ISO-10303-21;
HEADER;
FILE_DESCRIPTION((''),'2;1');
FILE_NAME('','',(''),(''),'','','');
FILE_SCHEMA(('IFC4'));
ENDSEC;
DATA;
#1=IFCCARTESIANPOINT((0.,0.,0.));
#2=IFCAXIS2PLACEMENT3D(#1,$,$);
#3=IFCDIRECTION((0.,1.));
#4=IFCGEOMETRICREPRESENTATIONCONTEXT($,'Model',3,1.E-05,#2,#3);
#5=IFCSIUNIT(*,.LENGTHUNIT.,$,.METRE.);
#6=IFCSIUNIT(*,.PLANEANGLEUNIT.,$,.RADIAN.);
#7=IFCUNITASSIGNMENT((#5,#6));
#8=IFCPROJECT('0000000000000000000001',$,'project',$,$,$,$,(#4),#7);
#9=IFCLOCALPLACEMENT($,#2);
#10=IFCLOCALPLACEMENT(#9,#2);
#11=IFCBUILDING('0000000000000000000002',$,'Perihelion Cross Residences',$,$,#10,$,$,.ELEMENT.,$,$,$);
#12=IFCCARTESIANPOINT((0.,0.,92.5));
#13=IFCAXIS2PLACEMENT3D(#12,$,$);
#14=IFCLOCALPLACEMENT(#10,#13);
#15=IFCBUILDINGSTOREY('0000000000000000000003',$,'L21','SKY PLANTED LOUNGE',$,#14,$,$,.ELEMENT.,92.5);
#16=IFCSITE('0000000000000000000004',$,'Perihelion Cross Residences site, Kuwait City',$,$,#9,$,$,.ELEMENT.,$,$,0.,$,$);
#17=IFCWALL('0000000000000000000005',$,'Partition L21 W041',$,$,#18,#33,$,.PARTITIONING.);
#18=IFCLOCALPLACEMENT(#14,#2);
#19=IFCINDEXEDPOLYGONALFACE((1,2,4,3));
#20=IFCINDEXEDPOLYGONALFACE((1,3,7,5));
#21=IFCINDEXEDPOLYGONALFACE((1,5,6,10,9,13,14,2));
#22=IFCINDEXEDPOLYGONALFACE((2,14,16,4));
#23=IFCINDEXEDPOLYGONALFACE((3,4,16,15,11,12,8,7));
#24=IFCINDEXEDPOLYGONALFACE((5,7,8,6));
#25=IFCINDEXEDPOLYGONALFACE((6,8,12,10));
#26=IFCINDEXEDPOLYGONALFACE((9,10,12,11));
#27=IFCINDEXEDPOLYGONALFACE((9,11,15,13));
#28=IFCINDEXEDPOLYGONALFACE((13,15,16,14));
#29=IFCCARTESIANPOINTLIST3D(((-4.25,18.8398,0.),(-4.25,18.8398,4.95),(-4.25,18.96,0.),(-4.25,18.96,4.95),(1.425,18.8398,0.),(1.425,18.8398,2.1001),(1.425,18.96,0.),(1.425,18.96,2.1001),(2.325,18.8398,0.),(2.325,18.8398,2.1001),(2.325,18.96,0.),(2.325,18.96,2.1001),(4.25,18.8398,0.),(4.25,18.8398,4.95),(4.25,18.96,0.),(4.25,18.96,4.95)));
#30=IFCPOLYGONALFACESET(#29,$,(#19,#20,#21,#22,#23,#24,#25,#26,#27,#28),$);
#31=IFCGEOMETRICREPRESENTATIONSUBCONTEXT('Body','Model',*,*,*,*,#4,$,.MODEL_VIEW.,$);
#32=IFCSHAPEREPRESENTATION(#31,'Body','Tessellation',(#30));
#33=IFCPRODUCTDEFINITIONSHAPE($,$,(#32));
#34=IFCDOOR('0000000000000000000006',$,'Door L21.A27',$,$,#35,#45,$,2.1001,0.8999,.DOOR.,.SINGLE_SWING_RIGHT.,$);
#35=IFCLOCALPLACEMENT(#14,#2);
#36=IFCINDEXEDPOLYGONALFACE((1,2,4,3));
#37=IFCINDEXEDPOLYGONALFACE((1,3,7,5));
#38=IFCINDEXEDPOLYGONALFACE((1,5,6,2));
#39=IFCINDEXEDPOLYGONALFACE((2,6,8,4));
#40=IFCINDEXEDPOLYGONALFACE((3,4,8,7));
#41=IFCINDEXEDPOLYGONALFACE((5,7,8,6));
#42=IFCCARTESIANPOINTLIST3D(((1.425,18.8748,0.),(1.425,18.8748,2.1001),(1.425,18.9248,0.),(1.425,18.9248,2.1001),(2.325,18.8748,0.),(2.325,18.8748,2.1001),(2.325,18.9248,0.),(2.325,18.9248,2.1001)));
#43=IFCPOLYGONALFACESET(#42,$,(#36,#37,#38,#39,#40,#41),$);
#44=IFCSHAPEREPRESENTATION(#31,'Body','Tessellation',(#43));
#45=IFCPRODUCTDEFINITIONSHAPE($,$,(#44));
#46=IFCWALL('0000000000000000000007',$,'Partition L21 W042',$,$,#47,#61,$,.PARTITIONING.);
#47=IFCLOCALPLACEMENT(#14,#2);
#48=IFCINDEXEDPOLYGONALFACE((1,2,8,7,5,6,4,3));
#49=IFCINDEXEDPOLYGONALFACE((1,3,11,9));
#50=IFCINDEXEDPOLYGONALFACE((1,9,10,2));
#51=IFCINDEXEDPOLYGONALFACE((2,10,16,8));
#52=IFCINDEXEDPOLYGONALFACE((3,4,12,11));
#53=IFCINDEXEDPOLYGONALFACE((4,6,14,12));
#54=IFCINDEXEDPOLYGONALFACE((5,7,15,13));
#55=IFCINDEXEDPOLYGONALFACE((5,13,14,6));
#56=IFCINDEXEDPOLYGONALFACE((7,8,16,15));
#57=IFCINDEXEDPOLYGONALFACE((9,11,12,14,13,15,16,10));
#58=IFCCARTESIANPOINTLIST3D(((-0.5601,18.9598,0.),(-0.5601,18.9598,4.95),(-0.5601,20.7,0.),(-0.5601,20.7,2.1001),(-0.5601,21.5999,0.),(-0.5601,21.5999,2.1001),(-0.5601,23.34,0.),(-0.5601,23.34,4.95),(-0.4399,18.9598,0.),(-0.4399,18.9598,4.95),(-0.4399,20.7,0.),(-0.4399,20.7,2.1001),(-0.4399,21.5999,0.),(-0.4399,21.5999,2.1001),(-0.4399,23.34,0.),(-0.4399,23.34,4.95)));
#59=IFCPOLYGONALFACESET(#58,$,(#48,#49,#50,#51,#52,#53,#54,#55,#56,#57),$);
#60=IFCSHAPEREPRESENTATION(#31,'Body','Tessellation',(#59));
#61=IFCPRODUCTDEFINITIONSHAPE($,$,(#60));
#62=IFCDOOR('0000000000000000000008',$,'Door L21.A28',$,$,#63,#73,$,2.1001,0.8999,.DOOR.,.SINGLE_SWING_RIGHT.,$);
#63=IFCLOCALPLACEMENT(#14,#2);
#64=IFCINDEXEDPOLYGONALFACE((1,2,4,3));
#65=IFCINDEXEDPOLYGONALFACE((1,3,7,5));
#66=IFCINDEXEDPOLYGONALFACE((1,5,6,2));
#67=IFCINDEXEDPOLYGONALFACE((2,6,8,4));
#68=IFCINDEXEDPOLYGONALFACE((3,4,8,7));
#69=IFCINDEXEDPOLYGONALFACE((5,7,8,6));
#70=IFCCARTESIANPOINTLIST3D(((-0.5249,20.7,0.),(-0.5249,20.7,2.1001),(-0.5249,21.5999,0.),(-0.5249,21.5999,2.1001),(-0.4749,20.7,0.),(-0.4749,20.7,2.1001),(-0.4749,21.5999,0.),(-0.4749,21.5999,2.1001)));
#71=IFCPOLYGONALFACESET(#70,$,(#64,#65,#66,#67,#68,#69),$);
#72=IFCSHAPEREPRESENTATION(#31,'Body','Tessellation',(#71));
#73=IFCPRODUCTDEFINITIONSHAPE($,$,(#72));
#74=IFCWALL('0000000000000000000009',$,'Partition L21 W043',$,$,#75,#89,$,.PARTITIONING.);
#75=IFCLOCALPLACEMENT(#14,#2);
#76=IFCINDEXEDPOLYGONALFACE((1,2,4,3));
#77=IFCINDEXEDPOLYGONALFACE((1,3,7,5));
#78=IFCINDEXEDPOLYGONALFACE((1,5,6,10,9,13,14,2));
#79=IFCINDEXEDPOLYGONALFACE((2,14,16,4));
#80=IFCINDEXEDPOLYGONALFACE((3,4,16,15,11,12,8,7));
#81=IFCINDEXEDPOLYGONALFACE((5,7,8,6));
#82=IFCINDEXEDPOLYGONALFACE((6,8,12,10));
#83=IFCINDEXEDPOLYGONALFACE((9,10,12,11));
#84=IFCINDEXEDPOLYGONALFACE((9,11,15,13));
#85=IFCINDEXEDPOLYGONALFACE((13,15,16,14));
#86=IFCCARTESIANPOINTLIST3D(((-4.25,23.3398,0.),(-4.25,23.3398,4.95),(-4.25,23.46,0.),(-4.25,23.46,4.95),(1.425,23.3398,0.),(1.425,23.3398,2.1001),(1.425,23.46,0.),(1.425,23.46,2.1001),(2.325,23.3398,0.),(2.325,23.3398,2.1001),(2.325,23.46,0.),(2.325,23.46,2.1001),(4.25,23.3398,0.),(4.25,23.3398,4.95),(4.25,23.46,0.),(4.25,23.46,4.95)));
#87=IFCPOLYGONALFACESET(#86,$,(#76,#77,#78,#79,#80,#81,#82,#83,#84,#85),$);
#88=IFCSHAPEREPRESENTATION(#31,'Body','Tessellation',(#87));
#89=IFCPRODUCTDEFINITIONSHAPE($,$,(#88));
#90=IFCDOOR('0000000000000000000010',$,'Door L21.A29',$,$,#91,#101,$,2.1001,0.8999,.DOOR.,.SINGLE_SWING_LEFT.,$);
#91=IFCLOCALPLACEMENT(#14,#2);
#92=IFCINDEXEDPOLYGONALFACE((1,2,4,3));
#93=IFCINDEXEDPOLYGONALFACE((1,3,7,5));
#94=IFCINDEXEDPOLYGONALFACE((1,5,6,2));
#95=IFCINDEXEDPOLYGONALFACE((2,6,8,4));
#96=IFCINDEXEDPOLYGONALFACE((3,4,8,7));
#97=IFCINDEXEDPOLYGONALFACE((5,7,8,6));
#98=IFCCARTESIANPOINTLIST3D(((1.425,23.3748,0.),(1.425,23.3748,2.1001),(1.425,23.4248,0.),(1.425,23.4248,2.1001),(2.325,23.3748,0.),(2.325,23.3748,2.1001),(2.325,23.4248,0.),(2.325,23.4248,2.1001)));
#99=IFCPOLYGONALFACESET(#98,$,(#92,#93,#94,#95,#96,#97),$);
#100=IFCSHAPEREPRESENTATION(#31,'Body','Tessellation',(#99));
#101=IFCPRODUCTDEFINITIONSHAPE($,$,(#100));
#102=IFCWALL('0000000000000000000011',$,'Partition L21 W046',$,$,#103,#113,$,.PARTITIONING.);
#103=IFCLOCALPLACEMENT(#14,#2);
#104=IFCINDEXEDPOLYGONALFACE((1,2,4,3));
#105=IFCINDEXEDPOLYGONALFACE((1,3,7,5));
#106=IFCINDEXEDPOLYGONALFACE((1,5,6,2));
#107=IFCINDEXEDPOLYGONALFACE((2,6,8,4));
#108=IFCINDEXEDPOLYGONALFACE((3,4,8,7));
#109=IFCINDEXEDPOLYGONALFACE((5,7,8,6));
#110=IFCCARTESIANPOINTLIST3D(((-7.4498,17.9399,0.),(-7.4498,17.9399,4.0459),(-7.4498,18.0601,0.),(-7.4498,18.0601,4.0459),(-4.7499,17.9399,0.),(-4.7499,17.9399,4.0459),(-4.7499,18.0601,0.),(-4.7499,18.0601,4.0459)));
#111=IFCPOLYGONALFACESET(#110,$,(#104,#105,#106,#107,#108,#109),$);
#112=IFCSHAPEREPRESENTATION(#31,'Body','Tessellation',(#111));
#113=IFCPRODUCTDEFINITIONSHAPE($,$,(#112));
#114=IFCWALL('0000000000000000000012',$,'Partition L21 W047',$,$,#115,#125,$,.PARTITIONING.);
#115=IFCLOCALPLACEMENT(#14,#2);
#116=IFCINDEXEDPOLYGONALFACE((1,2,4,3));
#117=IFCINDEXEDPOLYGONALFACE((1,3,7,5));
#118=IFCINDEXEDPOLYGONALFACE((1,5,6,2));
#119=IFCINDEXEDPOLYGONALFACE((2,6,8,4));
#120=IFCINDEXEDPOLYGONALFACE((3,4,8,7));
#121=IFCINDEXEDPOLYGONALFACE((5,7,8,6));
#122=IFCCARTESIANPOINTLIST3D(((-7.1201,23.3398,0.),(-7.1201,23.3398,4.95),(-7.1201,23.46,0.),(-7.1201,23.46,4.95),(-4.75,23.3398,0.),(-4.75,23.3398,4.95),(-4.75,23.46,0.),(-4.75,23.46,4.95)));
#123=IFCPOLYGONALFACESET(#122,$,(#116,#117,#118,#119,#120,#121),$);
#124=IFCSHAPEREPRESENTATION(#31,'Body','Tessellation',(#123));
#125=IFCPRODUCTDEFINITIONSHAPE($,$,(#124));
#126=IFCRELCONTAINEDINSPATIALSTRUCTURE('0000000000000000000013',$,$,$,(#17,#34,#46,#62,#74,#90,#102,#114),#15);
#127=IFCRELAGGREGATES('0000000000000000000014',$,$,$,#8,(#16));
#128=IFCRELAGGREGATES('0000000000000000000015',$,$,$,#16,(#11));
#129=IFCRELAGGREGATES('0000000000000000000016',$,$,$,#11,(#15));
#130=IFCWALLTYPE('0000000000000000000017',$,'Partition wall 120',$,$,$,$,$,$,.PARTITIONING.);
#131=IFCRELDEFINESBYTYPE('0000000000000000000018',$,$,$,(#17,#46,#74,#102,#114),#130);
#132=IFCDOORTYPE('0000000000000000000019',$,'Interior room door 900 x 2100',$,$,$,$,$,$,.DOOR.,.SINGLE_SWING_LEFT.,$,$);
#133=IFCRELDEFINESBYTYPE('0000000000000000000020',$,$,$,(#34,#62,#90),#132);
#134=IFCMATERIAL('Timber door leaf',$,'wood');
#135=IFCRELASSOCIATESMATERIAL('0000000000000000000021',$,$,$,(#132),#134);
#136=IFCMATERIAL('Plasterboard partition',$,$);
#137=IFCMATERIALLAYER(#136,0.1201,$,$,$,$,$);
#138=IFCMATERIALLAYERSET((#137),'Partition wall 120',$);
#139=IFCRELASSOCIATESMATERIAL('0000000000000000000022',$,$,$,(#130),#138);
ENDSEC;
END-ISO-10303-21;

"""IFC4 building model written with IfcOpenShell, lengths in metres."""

from ifc_helpers import new_model, si_unit, direction, frame, frame_2d, origin, place, context, subcontext, project, spatial, rectangle, extrude, material, layer, layer_set, type_object, element, fill, save


model = new_model("IFC4")

# Units and contexts
model_context = context("Model", 3, precision=1e-05, world=origin(), true_north=direction((0.0, 1.0)))
body_context = subcontext(model_context, "Body", "Model", "MODEL_VIEW")
ifc_project = project(units=[si_unit("LENGTHUNIT", "METRE"), si_unit("PLANEANGLEUNIT", "RADIAN")], contexts=[model_context])

# Site, building, storey
site_placement = place(None, origin())
site = spatial("IfcSite", under=ifc_project, at=site_placement, Name="Perihelion Cross Residences site, Kuwait City", CompositionType="ELEMENT", RefElevation=0.0)
building_placement = place(site_placement, origin())
building = spatial("IfcBuilding", under=site, at=building_placement, Name="Perihelion Cross Residences", CompositionType="ELEMENT")
storey_placement = place(building_placement, frame((0.0, 0.0, 92.5)))
storey = spatial("IfcBuildingStorey", under=building, at=storey_placement, Name="L21", Description="SKY PLANTED LOUNGE", CompositionType="ELEMENT", Elevation=92.5)

# Walls, openings, doors
ifc_material_1 = material(Name="Timber door leaf", Category="wood")
door_type_1 = type_object("IfcDoorType", Name="Interior room door 900 x 2100", OperationType="SINGLE_SWING_LEFT", PredefinedType="DOOR", material=ifc_material_1)
ifc_material_2 = material(Name="Plasterboard partition")
ifc_layer_1 = layer(ifc_material_2, 0.1201)
ifc_layer_set_1 = layer_set([ifc_layer_1], Name="Partition wall 120")
wall_type_1 = type_object("IfcWallType", Name="Partition wall 120", PredefinedType="PARTITIONING", material=ifc_layer_set_1)
wall_1_placement = place(storey_placement, frame((-4.25, 18.8999, 0.0), z_axis=(0.0, 0.0, 1.0), x_axis=(1.0, 0.0, 0.0)))
wall_1 = element("IfcWall", 1, at=wall_1_placement, inside=storey, type_object=wall_type_1, Name="Partition L21 W041", PredefinedType="PARTITIONING", context=body_context, shape_type="SweptSolid", body=[
    extrude(rectangle(XDim=8.5, YDim=0.1201, at=frame_2d((4.25, 0.0))), origin(), (0.0, 0.0, 1.0), 4.95),
])
opening_1_placement = place(wall_1_placement, frame((5.675, 0.0, 0.0)))
opening_1 = element("IfcOpeningElement", 2, at=opening_1_placement, cuts=wall_1, PredefinedType="OPENING", context=body_context, shape_type="SweptSolid", body=[
    extrude(rectangle(XDim=0.8999, YDim=2.1001, at=frame_2d((0.45, 1.05))), frame((0.0, 0.0701, 0.0), z_axis=(0.0, -1.0, 0.0), x_axis=(1.0, 0.0, 0.0)), (0.0, 0.0, 1.0), 0.1401),
])
door_1_placement = place(opening_1_placement, origin())
door_1 = element("IfcDoor", 3, at=door_1_placement, inside=storey, type_object=door_type_1, Name="Door L21.A27", OperationType="SINGLE_SWING_RIGHT", OverallHeight=2.1001, OverallWidth=0.8999, PredefinedType="DOOR", context=body_context, shape_type="SweptSolid", body=[
    extrude(rectangle(XDim=0.8999, YDim=2.1001, at=frame_2d((0.45, 1.05))), frame((0.0, 0.0249, 0.0), z_axis=(0.0, -1.0, 0.0), x_axis=(1.0, 0.0, 0.0)), (0.0, 0.0, 1.0), 0.05),
])
fill(opening_1, door_1)
wall_2_placement = place(storey_placement, frame((-0.5, 18.96, 0.0), z_axis=(0.0, 0.0, 1.0), x_axis=(0.0, 1.0, 0.0)))
wall_2 = element("IfcWall", 4, at=wall_2_placement, inside=storey, type_object=wall_type_1, Name="Partition L21 W042", PredefinedType="PARTITIONING", context=body_context, shape_type="SweptSolid", body=[
    extrude(rectangle(XDim=4.3801, YDim=0.1201, at=frame_2d((2.1899, 0.0))), origin(), (0.0, 0.0, 1.0), 4.95),
])
opening_2_placement = place(wall_2_placement, frame((1.74, 0.0, 0.0)))
opening_2 = element("IfcOpeningElement", 5, at=opening_2_placement, cuts=wall_2, PredefinedType="OPENING", context=body_context, shape_type="SweptSolid", body=[
    extrude(rectangle(XDim=0.8999, YDim=2.1001, at=frame_2d((0.45, 1.05))), frame((0.0, 0.0701, 0.0), z_axis=(0.0, -1.0, 0.0), x_axis=(1.0, 0.0, 0.0)), (0.0, 0.0, 1.0), 0.1401),
])
door_2_placement = place(opening_2_placement, origin())
door_2 = element("IfcDoor", 6, at=door_2_placement, inside=storey, type_object=door_type_1, Name="Door L21.A28", OperationType="SINGLE_SWING_RIGHT", OverallHeight=2.1001, OverallWidth=0.8999, PredefinedType="DOOR", context=body_context, shape_type="SweptSolid", body=[
    extrude(rectangle(XDim=0.8999, YDim=2.1001, at=frame_2d((0.45, 1.05))), frame((0.0, 0.0249, 0.0), z_axis=(0.0, -1.0, 0.0), x_axis=(1.0, 0.0, 0.0)), (0.0, 0.0, 1.0), 0.05),
])
fill(opening_2, door_2)
wall_3_placement = place(storey_placement, frame((-4.25, 23.3999, 0.0), z_axis=(0.0, 0.0, 1.0), x_axis=(1.0, 0.0, 0.0)))
wall_3 = element("IfcWall", 7, at=wall_3_placement, inside=storey, type_object=wall_type_1, Name="Partition L21 W043", PredefinedType="PARTITIONING", context=body_context, shape_type="SweptSolid", body=[
    extrude(rectangle(XDim=8.5, YDim=0.1201, at=frame_2d((4.25, 0.0))), origin(), (0.0, 0.0, 1.0), 4.95),
])
opening_3_placement = place(wall_3_placement, frame((5.675, 0.0, 0.0)))
opening_3 = element("IfcOpeningElement", 8, at=opening_3_placement, cuts=wall_3, PredefinedType="OPENING", context=body_context, shape_type="SweptSolid", body=[
    extrude(rectangle(XDim=0.8999, YDim=2.1001, at=frame_2d((0.45, 1.05))), frame((0.0, 0.0701, 0.0), z_axis=(0.0, -1.0, 0.0), x_axis=(1.0, 0.0, 0.0)), (0.0, 0.0, 1.0), 0.1401),
])
door_3_placement = place(opening_3_placement, origin())
door_3 = element("IfcDoor", 9, at=door_3_placement, inside=storey, type_object=door_type_1, Name="Door L21.A29", OperationType="SINGLE_SWING_LEFT", OverallHeight=2.1001, OverallWidth=0.8999, PredefinedType="DOOR", context=body_context, shape_type="SweptSolid", body=[
    extrude(rectangle(XDim=0.8999, YDim=2.1001, at=frame_2d((0.45, 1.05))), frame((0.0, 0.0249, 0.0), z_axis=(0.0, -1.0, 0.0), x_axis=(1.0, 0.0, 0.0)), (0.0, 0.0, 1.0), 0.05),
])
fill(opening_3, door_3)

# Walls
wall_4_placement = place(storey_placement, frame((-7.45, 18.0, 0.0), z_axis=(0.0, 0.0, 1.0), x_axis=(1.0, 0.0, 0.0)))
element("IfcWall", 10, at=wall_4_placement, inside=storey, type_object=wall_type_1, Name="Partition L21 W046", PredefinedType="PARTITIONING", context=body_context, shape_type="SweptSolid", body=[
    extrude(rectangle(XDim=2.7, YDim=0.1201, at=frame_2d((1.3501, 0.0))), origin(), (0.0, 0.0, 1.0), 4.0459),
])
wall_5_placement = place(storey_placement, frame((-7.1201, 23.3999, 0.0), z_axis=(0.0, 0.0, 1.0), x_axis=(1.0, 0.0, 0.0)))
element("IfcWall", 11, at=wall_5_placement, inside=storey, type_object=wall_type_1, Name="Partition L21 W047", PredefinedType="PARTITIONING", context=body_context, shape_type="SweptSolid", body=[
    extrude(rectangle(XDim=2.3701, YDim=0.1201, at=frame_2d((1.1851, 0.0))), origin(), (0.0, 0.0, 1.0), 4.95),
])

save(model, "model.ifc")
